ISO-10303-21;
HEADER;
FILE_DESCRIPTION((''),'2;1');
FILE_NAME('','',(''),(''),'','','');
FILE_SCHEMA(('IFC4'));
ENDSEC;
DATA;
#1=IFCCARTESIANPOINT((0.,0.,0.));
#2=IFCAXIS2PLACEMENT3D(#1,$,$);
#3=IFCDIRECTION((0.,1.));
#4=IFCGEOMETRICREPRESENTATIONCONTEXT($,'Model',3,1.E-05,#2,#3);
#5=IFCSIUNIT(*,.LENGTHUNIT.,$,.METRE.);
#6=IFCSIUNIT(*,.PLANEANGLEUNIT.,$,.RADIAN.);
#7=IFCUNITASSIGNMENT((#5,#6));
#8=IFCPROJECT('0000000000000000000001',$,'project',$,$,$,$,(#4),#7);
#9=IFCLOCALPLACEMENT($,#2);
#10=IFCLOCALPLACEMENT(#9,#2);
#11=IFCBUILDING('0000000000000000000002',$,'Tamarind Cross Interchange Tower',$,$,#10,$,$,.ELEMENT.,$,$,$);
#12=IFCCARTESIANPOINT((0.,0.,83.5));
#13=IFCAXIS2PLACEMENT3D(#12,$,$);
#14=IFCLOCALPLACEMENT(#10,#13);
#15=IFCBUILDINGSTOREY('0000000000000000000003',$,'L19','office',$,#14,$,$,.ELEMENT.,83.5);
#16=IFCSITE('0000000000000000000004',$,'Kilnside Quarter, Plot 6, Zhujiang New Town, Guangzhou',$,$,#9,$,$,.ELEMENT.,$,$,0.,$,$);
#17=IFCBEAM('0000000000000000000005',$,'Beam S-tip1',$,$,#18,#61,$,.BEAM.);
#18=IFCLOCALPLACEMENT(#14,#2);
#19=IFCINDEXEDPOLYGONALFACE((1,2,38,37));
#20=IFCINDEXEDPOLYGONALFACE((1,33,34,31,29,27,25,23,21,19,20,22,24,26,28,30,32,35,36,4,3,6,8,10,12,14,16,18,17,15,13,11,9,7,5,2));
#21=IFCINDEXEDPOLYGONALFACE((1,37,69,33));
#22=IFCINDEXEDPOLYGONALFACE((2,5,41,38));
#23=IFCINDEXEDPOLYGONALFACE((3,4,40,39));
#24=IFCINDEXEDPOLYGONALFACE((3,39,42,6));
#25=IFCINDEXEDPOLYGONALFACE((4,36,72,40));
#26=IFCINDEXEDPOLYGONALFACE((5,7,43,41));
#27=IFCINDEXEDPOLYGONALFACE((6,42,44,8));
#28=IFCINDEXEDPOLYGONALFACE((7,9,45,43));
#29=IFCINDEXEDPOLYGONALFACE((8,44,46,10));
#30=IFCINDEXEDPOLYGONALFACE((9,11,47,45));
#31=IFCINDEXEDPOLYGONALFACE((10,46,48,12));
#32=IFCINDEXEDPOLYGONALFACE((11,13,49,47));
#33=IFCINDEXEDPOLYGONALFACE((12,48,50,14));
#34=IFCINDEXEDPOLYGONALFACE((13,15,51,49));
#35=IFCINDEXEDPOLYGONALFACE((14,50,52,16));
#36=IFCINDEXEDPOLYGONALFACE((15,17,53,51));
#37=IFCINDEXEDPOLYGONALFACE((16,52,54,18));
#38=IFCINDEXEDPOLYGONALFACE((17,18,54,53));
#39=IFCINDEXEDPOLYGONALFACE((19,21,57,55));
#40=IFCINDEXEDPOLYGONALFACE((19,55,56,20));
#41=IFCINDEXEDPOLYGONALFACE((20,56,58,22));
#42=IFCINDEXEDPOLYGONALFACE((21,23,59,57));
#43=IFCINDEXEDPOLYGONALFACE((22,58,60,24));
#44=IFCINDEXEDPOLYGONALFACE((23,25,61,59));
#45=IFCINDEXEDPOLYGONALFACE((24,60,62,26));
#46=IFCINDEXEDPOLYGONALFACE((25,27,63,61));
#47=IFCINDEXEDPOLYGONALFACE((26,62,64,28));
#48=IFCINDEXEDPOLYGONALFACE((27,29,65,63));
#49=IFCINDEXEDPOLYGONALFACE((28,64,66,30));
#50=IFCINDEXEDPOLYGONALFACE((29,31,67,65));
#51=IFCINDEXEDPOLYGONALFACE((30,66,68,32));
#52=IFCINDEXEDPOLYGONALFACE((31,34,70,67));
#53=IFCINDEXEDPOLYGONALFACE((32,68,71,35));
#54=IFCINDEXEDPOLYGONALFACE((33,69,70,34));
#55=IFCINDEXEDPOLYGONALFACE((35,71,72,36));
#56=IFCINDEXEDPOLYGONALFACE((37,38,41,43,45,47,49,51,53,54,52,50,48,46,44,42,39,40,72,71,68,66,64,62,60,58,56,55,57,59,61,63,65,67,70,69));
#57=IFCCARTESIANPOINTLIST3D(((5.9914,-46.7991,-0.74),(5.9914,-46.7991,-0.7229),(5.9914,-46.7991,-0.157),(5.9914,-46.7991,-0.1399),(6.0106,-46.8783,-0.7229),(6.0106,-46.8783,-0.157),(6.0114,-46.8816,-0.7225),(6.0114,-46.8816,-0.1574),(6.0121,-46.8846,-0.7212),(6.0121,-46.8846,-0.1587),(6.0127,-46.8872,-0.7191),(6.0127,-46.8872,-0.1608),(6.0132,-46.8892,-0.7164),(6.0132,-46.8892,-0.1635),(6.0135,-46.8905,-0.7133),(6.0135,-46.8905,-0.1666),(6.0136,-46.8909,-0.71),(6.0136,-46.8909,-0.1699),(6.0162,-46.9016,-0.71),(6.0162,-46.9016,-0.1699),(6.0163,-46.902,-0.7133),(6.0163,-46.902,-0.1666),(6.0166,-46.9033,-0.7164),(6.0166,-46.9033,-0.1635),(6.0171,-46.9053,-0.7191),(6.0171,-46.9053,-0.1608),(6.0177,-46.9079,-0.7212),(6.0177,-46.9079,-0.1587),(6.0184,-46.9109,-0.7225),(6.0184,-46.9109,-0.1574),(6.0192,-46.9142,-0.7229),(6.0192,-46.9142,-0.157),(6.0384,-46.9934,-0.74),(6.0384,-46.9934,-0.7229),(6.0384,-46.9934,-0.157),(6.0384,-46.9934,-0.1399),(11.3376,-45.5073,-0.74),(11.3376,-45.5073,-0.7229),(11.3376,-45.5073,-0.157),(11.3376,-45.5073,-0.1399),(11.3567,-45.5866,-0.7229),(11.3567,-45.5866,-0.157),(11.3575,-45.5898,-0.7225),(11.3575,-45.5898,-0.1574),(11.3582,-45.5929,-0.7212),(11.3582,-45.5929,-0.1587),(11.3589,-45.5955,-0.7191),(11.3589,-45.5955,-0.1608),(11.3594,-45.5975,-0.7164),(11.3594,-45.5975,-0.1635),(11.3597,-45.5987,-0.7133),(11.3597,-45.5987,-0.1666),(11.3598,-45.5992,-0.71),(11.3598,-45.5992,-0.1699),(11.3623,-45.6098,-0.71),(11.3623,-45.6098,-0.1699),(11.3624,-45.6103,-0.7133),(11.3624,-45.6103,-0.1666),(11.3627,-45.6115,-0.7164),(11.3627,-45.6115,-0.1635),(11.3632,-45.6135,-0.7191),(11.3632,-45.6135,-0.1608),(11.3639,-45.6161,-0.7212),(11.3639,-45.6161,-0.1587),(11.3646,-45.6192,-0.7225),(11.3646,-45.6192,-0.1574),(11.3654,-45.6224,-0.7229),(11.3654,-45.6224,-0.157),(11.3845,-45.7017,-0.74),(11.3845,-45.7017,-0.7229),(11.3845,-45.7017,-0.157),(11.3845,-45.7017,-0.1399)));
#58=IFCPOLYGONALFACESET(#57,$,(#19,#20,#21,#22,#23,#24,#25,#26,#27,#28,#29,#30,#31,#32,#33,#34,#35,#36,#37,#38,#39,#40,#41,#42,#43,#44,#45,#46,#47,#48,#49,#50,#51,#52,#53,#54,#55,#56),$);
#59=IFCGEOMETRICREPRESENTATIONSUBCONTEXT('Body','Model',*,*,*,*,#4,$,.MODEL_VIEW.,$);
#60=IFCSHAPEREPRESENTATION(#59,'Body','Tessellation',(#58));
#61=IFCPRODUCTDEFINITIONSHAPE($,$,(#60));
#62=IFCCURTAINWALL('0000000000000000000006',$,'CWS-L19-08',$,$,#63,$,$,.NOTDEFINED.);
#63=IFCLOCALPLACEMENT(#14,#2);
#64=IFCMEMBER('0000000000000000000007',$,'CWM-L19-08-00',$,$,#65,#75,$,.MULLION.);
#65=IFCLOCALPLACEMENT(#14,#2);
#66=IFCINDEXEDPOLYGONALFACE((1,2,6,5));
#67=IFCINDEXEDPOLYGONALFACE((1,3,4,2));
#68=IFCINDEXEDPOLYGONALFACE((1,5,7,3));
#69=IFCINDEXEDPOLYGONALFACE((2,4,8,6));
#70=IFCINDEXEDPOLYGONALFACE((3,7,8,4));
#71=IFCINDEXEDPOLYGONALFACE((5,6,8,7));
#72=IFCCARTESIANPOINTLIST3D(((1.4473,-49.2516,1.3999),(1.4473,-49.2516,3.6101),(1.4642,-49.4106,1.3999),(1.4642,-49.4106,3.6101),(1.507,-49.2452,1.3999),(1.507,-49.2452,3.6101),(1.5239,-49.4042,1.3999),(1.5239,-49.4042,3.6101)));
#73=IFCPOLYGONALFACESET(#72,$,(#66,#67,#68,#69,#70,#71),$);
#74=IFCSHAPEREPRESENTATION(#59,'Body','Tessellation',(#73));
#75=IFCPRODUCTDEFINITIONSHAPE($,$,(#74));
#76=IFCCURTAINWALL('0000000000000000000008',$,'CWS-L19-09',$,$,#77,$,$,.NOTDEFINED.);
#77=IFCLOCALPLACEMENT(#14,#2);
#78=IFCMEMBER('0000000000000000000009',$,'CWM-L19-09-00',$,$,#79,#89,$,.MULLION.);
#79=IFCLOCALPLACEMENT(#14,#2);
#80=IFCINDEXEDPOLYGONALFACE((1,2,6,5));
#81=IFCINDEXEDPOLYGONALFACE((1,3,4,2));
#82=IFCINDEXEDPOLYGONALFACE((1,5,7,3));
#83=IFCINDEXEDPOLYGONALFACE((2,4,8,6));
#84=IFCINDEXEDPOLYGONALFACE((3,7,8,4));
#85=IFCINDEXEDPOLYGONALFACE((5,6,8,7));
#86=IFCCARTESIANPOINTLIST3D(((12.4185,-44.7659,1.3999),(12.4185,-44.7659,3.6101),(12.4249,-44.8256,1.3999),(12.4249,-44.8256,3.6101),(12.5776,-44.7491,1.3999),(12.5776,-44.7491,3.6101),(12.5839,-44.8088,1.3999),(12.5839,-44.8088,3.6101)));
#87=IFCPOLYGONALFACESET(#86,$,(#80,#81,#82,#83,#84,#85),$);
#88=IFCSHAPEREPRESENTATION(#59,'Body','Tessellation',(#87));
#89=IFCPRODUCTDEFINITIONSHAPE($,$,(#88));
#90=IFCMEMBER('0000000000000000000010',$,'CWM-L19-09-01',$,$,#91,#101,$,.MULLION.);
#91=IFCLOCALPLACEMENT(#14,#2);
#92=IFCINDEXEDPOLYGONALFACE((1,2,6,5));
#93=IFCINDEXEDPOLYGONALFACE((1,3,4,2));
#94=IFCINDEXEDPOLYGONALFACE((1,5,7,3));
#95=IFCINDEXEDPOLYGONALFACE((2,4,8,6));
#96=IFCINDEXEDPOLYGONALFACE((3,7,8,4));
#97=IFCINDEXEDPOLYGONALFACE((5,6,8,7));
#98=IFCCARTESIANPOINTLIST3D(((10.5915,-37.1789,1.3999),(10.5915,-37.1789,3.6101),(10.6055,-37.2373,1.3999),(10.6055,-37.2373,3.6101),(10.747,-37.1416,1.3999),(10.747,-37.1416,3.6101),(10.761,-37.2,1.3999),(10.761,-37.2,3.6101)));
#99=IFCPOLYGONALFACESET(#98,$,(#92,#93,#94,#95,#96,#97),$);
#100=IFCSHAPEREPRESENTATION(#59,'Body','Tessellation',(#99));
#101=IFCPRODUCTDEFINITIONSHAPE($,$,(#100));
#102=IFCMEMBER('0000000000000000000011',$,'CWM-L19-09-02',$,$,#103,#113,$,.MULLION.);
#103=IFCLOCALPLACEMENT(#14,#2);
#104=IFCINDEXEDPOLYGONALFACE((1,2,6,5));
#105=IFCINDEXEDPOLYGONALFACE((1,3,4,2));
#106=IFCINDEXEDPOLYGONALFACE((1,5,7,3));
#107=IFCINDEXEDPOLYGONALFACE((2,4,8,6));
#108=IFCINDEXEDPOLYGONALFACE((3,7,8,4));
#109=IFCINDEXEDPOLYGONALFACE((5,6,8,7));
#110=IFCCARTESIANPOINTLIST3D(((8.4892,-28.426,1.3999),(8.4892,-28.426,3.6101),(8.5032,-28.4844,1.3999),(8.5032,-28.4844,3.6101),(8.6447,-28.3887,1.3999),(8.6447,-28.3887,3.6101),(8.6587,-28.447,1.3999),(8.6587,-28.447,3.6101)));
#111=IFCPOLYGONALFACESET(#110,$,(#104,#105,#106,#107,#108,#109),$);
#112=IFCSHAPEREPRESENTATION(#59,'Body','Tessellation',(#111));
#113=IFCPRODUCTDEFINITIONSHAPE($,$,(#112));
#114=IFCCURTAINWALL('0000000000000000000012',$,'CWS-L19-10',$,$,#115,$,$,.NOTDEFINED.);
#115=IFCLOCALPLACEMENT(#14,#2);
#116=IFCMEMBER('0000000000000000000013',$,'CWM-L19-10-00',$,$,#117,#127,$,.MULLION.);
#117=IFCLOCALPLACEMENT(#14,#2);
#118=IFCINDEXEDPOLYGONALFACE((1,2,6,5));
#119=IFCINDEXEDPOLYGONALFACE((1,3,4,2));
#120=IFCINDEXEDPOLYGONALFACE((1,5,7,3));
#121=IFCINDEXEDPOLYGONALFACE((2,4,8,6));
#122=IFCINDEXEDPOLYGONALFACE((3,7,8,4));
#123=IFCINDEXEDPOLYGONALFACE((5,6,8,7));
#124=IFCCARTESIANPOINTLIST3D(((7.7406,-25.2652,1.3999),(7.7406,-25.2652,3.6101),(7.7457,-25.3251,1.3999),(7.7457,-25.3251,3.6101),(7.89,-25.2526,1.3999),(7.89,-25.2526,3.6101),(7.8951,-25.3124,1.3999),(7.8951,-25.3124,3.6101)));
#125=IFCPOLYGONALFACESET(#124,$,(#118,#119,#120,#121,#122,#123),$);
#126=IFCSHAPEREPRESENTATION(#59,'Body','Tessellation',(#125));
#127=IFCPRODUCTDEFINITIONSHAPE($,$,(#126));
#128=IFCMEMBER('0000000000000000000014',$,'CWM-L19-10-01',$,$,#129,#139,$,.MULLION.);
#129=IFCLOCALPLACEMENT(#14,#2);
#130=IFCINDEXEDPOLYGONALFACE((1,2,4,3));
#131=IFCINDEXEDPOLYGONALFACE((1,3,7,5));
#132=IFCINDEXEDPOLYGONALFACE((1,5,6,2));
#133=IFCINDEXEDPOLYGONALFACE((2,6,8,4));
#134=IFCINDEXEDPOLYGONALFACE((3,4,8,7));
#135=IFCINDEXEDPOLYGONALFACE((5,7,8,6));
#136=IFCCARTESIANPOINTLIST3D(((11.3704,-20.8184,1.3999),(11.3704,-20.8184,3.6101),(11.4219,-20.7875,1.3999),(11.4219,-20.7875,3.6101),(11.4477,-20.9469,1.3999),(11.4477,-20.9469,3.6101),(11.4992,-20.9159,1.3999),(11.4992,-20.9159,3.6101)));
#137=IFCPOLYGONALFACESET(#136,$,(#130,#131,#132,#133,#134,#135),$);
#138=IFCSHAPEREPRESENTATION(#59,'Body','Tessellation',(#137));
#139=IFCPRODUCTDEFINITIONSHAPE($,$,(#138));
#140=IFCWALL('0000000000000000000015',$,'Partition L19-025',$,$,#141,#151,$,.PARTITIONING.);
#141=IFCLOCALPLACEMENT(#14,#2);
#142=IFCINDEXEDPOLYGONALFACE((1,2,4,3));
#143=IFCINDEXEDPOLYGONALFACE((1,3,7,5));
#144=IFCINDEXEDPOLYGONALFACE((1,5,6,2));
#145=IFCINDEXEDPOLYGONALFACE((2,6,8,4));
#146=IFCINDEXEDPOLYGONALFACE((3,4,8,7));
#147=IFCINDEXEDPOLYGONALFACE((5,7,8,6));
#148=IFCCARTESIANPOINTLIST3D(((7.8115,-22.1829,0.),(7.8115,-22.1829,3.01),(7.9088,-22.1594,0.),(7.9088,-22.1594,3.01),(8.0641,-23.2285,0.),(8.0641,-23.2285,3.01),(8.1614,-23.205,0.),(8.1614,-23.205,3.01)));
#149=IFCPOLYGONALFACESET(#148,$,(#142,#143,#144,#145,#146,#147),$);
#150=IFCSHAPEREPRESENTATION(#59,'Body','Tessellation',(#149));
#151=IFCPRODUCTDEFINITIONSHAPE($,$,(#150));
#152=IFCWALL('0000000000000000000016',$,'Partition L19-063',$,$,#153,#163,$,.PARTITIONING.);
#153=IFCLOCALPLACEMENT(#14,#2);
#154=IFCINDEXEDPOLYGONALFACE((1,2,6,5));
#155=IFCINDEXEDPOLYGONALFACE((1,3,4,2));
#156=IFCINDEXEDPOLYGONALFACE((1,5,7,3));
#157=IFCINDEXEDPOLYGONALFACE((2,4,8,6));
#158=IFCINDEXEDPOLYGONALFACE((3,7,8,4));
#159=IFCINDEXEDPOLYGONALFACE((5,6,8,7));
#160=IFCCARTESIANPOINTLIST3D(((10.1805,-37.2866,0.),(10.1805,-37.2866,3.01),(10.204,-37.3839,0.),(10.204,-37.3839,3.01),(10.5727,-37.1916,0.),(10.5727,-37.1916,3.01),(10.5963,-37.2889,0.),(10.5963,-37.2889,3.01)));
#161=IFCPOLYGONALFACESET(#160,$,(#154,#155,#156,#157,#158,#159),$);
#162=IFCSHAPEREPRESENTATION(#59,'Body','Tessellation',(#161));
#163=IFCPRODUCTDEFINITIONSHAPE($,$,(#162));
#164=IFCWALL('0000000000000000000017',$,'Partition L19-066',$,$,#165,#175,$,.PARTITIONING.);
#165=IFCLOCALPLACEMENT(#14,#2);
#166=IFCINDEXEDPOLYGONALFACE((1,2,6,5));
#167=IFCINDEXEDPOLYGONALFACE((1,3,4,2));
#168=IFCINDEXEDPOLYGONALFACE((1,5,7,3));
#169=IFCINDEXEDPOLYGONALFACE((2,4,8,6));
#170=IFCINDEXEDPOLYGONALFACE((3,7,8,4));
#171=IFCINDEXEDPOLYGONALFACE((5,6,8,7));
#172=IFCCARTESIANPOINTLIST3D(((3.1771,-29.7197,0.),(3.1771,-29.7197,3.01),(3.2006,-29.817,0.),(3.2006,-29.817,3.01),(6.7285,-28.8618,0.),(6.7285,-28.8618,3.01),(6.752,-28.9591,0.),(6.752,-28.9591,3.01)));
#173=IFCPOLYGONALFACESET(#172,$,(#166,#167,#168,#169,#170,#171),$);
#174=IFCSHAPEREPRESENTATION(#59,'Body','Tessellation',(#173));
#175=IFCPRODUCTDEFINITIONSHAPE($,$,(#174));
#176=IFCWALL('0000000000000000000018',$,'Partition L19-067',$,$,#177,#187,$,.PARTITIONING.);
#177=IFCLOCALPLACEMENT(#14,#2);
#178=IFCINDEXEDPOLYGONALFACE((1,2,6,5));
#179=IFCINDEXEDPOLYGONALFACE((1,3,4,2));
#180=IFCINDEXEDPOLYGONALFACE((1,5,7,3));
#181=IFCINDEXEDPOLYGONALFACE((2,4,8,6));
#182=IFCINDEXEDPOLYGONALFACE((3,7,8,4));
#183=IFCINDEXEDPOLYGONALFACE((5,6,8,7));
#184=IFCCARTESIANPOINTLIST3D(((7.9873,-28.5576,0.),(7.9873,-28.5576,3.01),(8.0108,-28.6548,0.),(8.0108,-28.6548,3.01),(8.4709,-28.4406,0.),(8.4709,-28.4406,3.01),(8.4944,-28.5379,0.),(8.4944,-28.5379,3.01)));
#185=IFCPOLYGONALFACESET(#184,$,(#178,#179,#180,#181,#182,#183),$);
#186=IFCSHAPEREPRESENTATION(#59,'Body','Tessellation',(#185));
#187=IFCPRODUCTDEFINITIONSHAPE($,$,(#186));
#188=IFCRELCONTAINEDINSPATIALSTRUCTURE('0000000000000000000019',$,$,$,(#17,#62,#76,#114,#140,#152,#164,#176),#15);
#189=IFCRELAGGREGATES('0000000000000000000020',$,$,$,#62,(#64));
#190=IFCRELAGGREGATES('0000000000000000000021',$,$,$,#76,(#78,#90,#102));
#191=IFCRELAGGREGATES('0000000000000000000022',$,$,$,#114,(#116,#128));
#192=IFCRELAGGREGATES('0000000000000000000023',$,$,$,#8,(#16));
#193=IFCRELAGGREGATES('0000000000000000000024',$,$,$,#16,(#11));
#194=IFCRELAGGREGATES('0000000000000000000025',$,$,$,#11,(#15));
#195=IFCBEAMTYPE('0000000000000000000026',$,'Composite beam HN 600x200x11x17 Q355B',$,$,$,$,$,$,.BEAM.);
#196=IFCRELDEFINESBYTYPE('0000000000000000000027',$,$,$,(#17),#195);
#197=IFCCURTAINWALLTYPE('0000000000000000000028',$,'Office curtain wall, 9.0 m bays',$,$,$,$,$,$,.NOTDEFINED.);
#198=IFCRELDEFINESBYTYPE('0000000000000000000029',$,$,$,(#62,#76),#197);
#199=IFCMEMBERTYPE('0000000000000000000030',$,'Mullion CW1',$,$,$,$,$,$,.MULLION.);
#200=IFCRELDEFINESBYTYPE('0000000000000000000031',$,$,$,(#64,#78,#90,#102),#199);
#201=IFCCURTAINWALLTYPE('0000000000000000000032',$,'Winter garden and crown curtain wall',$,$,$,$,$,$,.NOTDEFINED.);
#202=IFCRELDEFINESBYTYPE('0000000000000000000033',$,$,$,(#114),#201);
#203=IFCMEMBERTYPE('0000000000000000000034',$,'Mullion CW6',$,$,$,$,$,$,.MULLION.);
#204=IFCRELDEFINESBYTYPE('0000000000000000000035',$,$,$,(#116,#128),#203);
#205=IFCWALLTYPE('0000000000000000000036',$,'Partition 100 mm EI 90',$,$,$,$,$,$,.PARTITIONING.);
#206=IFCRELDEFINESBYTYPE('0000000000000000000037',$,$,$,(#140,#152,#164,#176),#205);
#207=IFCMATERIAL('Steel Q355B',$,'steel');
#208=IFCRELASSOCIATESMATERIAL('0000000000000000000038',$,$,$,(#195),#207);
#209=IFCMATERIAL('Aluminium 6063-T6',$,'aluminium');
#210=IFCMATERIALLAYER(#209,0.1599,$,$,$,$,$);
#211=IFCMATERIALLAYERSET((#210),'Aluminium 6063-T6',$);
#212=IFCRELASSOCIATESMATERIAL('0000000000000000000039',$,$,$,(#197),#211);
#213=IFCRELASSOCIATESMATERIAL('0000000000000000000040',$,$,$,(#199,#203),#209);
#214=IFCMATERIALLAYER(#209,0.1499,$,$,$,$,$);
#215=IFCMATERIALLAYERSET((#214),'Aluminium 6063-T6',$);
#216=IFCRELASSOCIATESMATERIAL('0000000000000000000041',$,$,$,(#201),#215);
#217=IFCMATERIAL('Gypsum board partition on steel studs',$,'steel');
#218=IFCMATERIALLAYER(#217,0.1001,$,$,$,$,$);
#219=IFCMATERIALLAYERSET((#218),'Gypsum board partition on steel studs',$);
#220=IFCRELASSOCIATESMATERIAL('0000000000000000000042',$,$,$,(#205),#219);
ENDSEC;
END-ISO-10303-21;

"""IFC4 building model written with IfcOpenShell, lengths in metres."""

from ifc_helpers import new_model, si_unit, direction, frame, frame_2d, origin, origin_2d, place, context, subcontext, project, spatial, rectangle, i_section, extrude, material, layer, layer_set, material_profile, profile_set, type_object, element, aggregate, save


model = new_model("IFC4")

# Units and contexts
model_context = context("Model", 3, precision=1e-05, world=origin(), true_north=direction((0.0, 1.0)))
body_context = subcontext(model_context, "Body", "Model", "MODEL_VIEW")
ifc_project = project(units=[si_unit("LENGTHUNIT", "METRE"), si_unit("PLANEANGLEUNIT", "RADIAN")], contexts=[model_context])

# Site, building, storey
site_placement = place(None, origin())
site = spatial("IfcSite", under=ifc_project, at=site_placement, Name="Kilnside Quarter, Plot 6, Zhujiang New Town, Guangzhou", CompositionType="ELEMENT", RefElevation=0.0)
building_placement = place(site_placement, origin())
building = spatial("IfcBuilding", under=site, at=building_placement, Name="Tamarind Cross Interchange Tower", CompositionType="ELEMENT")
storey_placement = place(building_placement, frame((0.0, 0.0, 83.5)))
storey = spatial("IfcBuildingStorey", under=building, at=storey_placement, Name="L19", Description="office", CompositionType="ELEMENT", Elevation=83.5)

# Beam
ifc_material_1 = material(Name="Steel Q355B", Category="steel")
ifc_material_profile_1 = material_profile(ifc_material_1, i_section(OverallWidth=0.2, OverallDepth=0.6001, WebThickness=0.011, FlangeThickness=0.0171, FilletRadius=0.0129, at=origin_2d()), Name="HN 600x200x11x17")
ifc_profile_set_1 = profile_set([ifc_material_profile_1], Name="Steel Q355B")
beam_type_1 = type_object("IfcBeamType", Name="Composite beam HN 600x200x11x17 Q355B", PredefinedType="BEAM", material=ifc_profile_set_1)
for number, where, z_axis, x_axis, name in (
    (1, (6.0149, -46.8962, -0.4399), (0.972029, 0.234862, 0.0), (-0.234862, 0.972029, 0.0), "Beam S-tip1"),
):
    element("IfcBeam", number, at=place(storey_placement, frame(where, z_axis=z_axis, x_axis=x_axis)), inside=storey, type_object=beam_type_1, Name=name, PredefinedType="BEAM", context=body_context, shape_type="SweptSolid", body=[
        extrude(i_section(OverallWidth=0.2, OverallDepth=0.6001, WebThickness=0.011, FlangeThickness=0.0171, FilletRadius=0.0129, at=origin_2d()), origin(), (0.0, 0.0, 1.0), 5.5),
    ])

# Curtain wall, member
ifc_material_2 = material(Name="Aluminium 6063-T6", Category="aluminium")
ifc_layer_1 = layer(ifc_material_2, 0.1599)
ifc_layer_set_1 = layer_set([ifc_layer_1], Name="Aluminium 6063-T6")
curtain_wall_type_1 = type_object("IfcCurtainWallType", Name="Office curtain wall, 9.0 m bays", PredefinedType="NOTDEFINED", material=ifc_layer_set_1)
curtain_wall_1_placement = place(storey_placement, origin())
curtain_wall_1 = element("IfcCurtainWall", 2, at=curtain_wall_1_placement, inside=storey, type_object=curtain_wall_type_1, Name="CWS-L19-08", PredefinedType="NOTDEFINED")
ifc_material_profile_2 = material_profile(ifc_material_2, rectangle(XDim=0.0601, YDim=0.1599, at=origin_2d()), Name="Mullion CW1")
ifc_profile_set_2 = profile_set([ifc_material_profile_2], Name="Aluminium 6063-T6")
member_type_1 = type_object("IfcMemberType", Name="Mullion CW1", PredefinedType="MULLION", material=ifc_profile_set_2)
member_1_placement = place(storey_placement, frame((1.4856, -49.3279, 1.3999), z_axis=(0.0, 0.0, 1.0), x_axis=(0.994371, 0.105959, 0.0)))
member_1 = element("IfcMember", 3, at=member_1_placement, type_object=member_type_1, Name="CWM-L19-08-00", PredefinedType="MULLION", context=body_context, shape_type="SweptSolid", body=[
    extrude(rectangle(XDim=0.0601, YDim=0.1599, at=origin_2d()), origin(), (0.0, 0.0, 1.0), 2.2102),
])
aggregate(curtain_wall_1, [member_1])

# Curtain walls, members
curtain_wall_2_placement = place(storey_placement, origin())
curtain_wall_2 = element("IfcCurtainWall", 4, at=curtain_wall_2_placement, inside=storey, type_object=curtain_wall_type_1, Name="CWS-L19-09", PredefinedType="NOTDEFINED")
member_2_placement = place(storey_placement, frame((12.5012, -44.7874, 1.3999), z_axis=(0.0, 0.0, 1.0), x_axis=(-0.105294, 0.994441, 0.0)))
member_2 = element("IfcMember", 5, at=member_2_placement, type_object=member_type_1, Name="CWM-L19-09-00", PredefinedType="MULLION", context=body_context, shape_type="SweptSolid", body=[
    extrude(rectangle(XDim=0.0601, YDim=0.1599, at=origin_2d()), origin(), (0.0, 0.0, 1.0), 2.2102),
])
member_3_placement = place(storey_placement, frame((10.6763, -37.1895, 1.3999), z_axis=(0.0, 0.0, 1.0), x_axis=(-0.233544, 0.972346, 0.0)))
member_3 = element("IfcMember", 6, at=member_3_placement, type_object=member_type_1, Name="CWM-L19-09-01", PredefinedType="MULLION", context=body_context, shape_type="SweptSolid", body=[
    extrude(rectangle(XDim=0.0601, YDim=0.1599, at=origin_2d()), origin(), (0.0, 0.0, 1.0), 2.2102),
])
member_4_placement = place(storey_placement, frame((8.574, -28.4365, 1.3999), z_axis=(0.0, 0.0, 1.0), x_axis=(-0.233544, 0.972346, 0.0)))
member_4 = element("IfcMember", 7, at=member_4_placement, type_object=member_type_1, Name="CWM-L19-09-02", PredefinedType="MULLION", context=body_context, shape_type="SweptSolid", body=[
    extrude(rectangle(XDim=0.0601, YDim=0.1599, at=origin_2d()), origin(), (0.0, 0.0, 1.0), 2.2102),
])
aggregate(curtain_wall_2, [member_2, member_3, member_4])
ifc_layer_2 = layer(ifc_material_2, 0.1499)
ifc_layer_set_2 = layer_set([ifc_layer_2], Name="Aluminium 6063-T6")
curtain_wall_type_2 = type_object("IfcCurtainWallType", Name="Winter garden and crown curtain wall", PredefinedType="NOTDEFINED", material=ifc_layer_set_2)
curtain_wall_3_placement = place(storey_placement, origin())
curtain_wall_3 = element("IfcCurtainWall", 8, at=curtain_wall_3_placement, inside=storey, type_object=curtain_wall_type_2, Name="CWS-L19-10", PredefinedType="NOTDEFINED")
ifc_material_profile_3 = material_profile(ifc_material_2, rectangle(XDim=0.0601, YDim=0.1499, at=origin_2d()), Name="Mullion CW6")
ifc_profile_set_3 = profile_set([ifc_material_profile_3], Name="Aluminium 6063-T6")
member_type_2 = type_object("IfcMemberType", Name="Mullion CW6", PredefinedType="MULLION", material=ifc_profile_set_3)
member_5_placement = place(storey_placement, frame((7.8179, -25.2888, 1.3999), z_axis=(0.0, 0.0, 1.0), x_axis=(-0.084647, 0.996411, 0.0)))
member_5 = element("IfcMember", 9, at=member_5_placement, type_object=member_type_2, Name="CWM-L19-10-00", PredefinedType="MULLION", context=body_context, shape_type="SweptSolid", body=[
    extrude(rectangle(XDim=0.0601, YDim=0.1499, at=origin_2d()), origin(), (0.0, 0.0, 1.0), 2.2102),
])
member_6_placement = place(storey_placement, frame((11.4348, -20.8672, 1.3999), z_axis=(0.0, 0.0, 1.0), x_axis=(0.856843, 0.515577, 0.0)))
member_6 = element("IfcMember", 10, at=member_6_placement, type_object=member_type_2, Name="CWM-L19-10-01", PredefinedType="MULLION", context=body_context, shape_type="SweptSolid", body=[
    extrude(rectangle(XDim=0.0601, YDim=0.1499, at=origin_2d()), origin(), (0.0, 0.0, 1.0), 2.2102),
])
aggregate(curtain_wall_3, [member_5, member_6])

# Walls
ifc_material_3 = material(Name="Gypsum board partition on steel studs", Category="steel")
ifc_layer_3 = layer(ifc_material_3, 0.1001)
ifc_layer_set_3 = layer_set([ifc_layer_3], Name="Gypsum board partition on steel studs")
wall_type_1 = type_object("IfcWallType", Name="Partition 100 mm EI 90", PredefinedType="PARTITIONING", material=ifc_layer_set_3)
wall_1_placement = place(storey_placement, frame((7.8601, -22.1711, 0.0), z_axis=(0.0, 0.0, 1.0), x_axis=(0.234892, -0.972021, 0.0)))
element("IfcWall", 11, at=wall_1_placement, inside=storey, type_object=wall_type_1, Name="Partition L19-025", PredefinedType="PARTITIONING", context=body_context, shape_type="SweptSolid", body=[
    extrude(rectangle(XDim=1.0757, YDim=0.1001, at=frame_2d((0.5378, 0.0))), origin(), (0.0, 0.0, 1.0), 3.01),
])
wall_2_placement = place(storey_placement, frame((10.1924, -37.3352, 0.0), z_axis=(0.0, 0.0, 1.0), x_axis=(0.97193, 0.235271, 0.0)))
element("IfcWall", 12, at=wall_2_placement, inside=storey, type_object=wall_type_1, Name="Partition L19-063", PredefinedType="PARTITIONING", context=body_context, shape_type="SweptSolid", body=[
    extrude(rectangle(XDim=0.4036, YDim=0.1001, at=frame_2d((0.2017, 0.0))), origin(), (0.0, 0.0, 1.0), 3.01),
])
wall_3_placement = place(storey_placement, frame((3.189, -29.7683, 0.0), z_axis=(0.0, 0.0, 1.0), x_axis=(0.972042, 0.234808, 0.0)))
element("IfcWall", 13, at=wall_3_placement, inside=storey, type_object=wall_type_1, Name="Partition L19-066", PredefinedType="PARTITIONING", context=body_context, shape_type="SweptSolid", body=[
    extrude(rectangle(XDim=3.6536, YDim=0.1001, at=frame_2d((1.8267, 0.0))), origin(), (0.0, 0.0, 1.0), 3.01),
])
wall_4_placement = place(storey_placement, frame((7.999, -28.6062, 0.0), z_axis=(0.0, 0.0, 1.0), x_axis=(0.97199, 0.235024, 0.0)))
element("IfcWall", 14, at=wall_4_placement, inside=storey, type_object=wall_type_1, Name="Partition L19-067", PredefinedType="PARTITIONING", context=body_context, shape_type="SweptSolid", body=[
    extrude(rectangle(XDim=0.4976, YDim=0.1001, at=frame_2d((0.2488, 0.0))), origin(), (0.0, 0.0, 1.0), 3.01),
])

save(model, "model.ifc")
